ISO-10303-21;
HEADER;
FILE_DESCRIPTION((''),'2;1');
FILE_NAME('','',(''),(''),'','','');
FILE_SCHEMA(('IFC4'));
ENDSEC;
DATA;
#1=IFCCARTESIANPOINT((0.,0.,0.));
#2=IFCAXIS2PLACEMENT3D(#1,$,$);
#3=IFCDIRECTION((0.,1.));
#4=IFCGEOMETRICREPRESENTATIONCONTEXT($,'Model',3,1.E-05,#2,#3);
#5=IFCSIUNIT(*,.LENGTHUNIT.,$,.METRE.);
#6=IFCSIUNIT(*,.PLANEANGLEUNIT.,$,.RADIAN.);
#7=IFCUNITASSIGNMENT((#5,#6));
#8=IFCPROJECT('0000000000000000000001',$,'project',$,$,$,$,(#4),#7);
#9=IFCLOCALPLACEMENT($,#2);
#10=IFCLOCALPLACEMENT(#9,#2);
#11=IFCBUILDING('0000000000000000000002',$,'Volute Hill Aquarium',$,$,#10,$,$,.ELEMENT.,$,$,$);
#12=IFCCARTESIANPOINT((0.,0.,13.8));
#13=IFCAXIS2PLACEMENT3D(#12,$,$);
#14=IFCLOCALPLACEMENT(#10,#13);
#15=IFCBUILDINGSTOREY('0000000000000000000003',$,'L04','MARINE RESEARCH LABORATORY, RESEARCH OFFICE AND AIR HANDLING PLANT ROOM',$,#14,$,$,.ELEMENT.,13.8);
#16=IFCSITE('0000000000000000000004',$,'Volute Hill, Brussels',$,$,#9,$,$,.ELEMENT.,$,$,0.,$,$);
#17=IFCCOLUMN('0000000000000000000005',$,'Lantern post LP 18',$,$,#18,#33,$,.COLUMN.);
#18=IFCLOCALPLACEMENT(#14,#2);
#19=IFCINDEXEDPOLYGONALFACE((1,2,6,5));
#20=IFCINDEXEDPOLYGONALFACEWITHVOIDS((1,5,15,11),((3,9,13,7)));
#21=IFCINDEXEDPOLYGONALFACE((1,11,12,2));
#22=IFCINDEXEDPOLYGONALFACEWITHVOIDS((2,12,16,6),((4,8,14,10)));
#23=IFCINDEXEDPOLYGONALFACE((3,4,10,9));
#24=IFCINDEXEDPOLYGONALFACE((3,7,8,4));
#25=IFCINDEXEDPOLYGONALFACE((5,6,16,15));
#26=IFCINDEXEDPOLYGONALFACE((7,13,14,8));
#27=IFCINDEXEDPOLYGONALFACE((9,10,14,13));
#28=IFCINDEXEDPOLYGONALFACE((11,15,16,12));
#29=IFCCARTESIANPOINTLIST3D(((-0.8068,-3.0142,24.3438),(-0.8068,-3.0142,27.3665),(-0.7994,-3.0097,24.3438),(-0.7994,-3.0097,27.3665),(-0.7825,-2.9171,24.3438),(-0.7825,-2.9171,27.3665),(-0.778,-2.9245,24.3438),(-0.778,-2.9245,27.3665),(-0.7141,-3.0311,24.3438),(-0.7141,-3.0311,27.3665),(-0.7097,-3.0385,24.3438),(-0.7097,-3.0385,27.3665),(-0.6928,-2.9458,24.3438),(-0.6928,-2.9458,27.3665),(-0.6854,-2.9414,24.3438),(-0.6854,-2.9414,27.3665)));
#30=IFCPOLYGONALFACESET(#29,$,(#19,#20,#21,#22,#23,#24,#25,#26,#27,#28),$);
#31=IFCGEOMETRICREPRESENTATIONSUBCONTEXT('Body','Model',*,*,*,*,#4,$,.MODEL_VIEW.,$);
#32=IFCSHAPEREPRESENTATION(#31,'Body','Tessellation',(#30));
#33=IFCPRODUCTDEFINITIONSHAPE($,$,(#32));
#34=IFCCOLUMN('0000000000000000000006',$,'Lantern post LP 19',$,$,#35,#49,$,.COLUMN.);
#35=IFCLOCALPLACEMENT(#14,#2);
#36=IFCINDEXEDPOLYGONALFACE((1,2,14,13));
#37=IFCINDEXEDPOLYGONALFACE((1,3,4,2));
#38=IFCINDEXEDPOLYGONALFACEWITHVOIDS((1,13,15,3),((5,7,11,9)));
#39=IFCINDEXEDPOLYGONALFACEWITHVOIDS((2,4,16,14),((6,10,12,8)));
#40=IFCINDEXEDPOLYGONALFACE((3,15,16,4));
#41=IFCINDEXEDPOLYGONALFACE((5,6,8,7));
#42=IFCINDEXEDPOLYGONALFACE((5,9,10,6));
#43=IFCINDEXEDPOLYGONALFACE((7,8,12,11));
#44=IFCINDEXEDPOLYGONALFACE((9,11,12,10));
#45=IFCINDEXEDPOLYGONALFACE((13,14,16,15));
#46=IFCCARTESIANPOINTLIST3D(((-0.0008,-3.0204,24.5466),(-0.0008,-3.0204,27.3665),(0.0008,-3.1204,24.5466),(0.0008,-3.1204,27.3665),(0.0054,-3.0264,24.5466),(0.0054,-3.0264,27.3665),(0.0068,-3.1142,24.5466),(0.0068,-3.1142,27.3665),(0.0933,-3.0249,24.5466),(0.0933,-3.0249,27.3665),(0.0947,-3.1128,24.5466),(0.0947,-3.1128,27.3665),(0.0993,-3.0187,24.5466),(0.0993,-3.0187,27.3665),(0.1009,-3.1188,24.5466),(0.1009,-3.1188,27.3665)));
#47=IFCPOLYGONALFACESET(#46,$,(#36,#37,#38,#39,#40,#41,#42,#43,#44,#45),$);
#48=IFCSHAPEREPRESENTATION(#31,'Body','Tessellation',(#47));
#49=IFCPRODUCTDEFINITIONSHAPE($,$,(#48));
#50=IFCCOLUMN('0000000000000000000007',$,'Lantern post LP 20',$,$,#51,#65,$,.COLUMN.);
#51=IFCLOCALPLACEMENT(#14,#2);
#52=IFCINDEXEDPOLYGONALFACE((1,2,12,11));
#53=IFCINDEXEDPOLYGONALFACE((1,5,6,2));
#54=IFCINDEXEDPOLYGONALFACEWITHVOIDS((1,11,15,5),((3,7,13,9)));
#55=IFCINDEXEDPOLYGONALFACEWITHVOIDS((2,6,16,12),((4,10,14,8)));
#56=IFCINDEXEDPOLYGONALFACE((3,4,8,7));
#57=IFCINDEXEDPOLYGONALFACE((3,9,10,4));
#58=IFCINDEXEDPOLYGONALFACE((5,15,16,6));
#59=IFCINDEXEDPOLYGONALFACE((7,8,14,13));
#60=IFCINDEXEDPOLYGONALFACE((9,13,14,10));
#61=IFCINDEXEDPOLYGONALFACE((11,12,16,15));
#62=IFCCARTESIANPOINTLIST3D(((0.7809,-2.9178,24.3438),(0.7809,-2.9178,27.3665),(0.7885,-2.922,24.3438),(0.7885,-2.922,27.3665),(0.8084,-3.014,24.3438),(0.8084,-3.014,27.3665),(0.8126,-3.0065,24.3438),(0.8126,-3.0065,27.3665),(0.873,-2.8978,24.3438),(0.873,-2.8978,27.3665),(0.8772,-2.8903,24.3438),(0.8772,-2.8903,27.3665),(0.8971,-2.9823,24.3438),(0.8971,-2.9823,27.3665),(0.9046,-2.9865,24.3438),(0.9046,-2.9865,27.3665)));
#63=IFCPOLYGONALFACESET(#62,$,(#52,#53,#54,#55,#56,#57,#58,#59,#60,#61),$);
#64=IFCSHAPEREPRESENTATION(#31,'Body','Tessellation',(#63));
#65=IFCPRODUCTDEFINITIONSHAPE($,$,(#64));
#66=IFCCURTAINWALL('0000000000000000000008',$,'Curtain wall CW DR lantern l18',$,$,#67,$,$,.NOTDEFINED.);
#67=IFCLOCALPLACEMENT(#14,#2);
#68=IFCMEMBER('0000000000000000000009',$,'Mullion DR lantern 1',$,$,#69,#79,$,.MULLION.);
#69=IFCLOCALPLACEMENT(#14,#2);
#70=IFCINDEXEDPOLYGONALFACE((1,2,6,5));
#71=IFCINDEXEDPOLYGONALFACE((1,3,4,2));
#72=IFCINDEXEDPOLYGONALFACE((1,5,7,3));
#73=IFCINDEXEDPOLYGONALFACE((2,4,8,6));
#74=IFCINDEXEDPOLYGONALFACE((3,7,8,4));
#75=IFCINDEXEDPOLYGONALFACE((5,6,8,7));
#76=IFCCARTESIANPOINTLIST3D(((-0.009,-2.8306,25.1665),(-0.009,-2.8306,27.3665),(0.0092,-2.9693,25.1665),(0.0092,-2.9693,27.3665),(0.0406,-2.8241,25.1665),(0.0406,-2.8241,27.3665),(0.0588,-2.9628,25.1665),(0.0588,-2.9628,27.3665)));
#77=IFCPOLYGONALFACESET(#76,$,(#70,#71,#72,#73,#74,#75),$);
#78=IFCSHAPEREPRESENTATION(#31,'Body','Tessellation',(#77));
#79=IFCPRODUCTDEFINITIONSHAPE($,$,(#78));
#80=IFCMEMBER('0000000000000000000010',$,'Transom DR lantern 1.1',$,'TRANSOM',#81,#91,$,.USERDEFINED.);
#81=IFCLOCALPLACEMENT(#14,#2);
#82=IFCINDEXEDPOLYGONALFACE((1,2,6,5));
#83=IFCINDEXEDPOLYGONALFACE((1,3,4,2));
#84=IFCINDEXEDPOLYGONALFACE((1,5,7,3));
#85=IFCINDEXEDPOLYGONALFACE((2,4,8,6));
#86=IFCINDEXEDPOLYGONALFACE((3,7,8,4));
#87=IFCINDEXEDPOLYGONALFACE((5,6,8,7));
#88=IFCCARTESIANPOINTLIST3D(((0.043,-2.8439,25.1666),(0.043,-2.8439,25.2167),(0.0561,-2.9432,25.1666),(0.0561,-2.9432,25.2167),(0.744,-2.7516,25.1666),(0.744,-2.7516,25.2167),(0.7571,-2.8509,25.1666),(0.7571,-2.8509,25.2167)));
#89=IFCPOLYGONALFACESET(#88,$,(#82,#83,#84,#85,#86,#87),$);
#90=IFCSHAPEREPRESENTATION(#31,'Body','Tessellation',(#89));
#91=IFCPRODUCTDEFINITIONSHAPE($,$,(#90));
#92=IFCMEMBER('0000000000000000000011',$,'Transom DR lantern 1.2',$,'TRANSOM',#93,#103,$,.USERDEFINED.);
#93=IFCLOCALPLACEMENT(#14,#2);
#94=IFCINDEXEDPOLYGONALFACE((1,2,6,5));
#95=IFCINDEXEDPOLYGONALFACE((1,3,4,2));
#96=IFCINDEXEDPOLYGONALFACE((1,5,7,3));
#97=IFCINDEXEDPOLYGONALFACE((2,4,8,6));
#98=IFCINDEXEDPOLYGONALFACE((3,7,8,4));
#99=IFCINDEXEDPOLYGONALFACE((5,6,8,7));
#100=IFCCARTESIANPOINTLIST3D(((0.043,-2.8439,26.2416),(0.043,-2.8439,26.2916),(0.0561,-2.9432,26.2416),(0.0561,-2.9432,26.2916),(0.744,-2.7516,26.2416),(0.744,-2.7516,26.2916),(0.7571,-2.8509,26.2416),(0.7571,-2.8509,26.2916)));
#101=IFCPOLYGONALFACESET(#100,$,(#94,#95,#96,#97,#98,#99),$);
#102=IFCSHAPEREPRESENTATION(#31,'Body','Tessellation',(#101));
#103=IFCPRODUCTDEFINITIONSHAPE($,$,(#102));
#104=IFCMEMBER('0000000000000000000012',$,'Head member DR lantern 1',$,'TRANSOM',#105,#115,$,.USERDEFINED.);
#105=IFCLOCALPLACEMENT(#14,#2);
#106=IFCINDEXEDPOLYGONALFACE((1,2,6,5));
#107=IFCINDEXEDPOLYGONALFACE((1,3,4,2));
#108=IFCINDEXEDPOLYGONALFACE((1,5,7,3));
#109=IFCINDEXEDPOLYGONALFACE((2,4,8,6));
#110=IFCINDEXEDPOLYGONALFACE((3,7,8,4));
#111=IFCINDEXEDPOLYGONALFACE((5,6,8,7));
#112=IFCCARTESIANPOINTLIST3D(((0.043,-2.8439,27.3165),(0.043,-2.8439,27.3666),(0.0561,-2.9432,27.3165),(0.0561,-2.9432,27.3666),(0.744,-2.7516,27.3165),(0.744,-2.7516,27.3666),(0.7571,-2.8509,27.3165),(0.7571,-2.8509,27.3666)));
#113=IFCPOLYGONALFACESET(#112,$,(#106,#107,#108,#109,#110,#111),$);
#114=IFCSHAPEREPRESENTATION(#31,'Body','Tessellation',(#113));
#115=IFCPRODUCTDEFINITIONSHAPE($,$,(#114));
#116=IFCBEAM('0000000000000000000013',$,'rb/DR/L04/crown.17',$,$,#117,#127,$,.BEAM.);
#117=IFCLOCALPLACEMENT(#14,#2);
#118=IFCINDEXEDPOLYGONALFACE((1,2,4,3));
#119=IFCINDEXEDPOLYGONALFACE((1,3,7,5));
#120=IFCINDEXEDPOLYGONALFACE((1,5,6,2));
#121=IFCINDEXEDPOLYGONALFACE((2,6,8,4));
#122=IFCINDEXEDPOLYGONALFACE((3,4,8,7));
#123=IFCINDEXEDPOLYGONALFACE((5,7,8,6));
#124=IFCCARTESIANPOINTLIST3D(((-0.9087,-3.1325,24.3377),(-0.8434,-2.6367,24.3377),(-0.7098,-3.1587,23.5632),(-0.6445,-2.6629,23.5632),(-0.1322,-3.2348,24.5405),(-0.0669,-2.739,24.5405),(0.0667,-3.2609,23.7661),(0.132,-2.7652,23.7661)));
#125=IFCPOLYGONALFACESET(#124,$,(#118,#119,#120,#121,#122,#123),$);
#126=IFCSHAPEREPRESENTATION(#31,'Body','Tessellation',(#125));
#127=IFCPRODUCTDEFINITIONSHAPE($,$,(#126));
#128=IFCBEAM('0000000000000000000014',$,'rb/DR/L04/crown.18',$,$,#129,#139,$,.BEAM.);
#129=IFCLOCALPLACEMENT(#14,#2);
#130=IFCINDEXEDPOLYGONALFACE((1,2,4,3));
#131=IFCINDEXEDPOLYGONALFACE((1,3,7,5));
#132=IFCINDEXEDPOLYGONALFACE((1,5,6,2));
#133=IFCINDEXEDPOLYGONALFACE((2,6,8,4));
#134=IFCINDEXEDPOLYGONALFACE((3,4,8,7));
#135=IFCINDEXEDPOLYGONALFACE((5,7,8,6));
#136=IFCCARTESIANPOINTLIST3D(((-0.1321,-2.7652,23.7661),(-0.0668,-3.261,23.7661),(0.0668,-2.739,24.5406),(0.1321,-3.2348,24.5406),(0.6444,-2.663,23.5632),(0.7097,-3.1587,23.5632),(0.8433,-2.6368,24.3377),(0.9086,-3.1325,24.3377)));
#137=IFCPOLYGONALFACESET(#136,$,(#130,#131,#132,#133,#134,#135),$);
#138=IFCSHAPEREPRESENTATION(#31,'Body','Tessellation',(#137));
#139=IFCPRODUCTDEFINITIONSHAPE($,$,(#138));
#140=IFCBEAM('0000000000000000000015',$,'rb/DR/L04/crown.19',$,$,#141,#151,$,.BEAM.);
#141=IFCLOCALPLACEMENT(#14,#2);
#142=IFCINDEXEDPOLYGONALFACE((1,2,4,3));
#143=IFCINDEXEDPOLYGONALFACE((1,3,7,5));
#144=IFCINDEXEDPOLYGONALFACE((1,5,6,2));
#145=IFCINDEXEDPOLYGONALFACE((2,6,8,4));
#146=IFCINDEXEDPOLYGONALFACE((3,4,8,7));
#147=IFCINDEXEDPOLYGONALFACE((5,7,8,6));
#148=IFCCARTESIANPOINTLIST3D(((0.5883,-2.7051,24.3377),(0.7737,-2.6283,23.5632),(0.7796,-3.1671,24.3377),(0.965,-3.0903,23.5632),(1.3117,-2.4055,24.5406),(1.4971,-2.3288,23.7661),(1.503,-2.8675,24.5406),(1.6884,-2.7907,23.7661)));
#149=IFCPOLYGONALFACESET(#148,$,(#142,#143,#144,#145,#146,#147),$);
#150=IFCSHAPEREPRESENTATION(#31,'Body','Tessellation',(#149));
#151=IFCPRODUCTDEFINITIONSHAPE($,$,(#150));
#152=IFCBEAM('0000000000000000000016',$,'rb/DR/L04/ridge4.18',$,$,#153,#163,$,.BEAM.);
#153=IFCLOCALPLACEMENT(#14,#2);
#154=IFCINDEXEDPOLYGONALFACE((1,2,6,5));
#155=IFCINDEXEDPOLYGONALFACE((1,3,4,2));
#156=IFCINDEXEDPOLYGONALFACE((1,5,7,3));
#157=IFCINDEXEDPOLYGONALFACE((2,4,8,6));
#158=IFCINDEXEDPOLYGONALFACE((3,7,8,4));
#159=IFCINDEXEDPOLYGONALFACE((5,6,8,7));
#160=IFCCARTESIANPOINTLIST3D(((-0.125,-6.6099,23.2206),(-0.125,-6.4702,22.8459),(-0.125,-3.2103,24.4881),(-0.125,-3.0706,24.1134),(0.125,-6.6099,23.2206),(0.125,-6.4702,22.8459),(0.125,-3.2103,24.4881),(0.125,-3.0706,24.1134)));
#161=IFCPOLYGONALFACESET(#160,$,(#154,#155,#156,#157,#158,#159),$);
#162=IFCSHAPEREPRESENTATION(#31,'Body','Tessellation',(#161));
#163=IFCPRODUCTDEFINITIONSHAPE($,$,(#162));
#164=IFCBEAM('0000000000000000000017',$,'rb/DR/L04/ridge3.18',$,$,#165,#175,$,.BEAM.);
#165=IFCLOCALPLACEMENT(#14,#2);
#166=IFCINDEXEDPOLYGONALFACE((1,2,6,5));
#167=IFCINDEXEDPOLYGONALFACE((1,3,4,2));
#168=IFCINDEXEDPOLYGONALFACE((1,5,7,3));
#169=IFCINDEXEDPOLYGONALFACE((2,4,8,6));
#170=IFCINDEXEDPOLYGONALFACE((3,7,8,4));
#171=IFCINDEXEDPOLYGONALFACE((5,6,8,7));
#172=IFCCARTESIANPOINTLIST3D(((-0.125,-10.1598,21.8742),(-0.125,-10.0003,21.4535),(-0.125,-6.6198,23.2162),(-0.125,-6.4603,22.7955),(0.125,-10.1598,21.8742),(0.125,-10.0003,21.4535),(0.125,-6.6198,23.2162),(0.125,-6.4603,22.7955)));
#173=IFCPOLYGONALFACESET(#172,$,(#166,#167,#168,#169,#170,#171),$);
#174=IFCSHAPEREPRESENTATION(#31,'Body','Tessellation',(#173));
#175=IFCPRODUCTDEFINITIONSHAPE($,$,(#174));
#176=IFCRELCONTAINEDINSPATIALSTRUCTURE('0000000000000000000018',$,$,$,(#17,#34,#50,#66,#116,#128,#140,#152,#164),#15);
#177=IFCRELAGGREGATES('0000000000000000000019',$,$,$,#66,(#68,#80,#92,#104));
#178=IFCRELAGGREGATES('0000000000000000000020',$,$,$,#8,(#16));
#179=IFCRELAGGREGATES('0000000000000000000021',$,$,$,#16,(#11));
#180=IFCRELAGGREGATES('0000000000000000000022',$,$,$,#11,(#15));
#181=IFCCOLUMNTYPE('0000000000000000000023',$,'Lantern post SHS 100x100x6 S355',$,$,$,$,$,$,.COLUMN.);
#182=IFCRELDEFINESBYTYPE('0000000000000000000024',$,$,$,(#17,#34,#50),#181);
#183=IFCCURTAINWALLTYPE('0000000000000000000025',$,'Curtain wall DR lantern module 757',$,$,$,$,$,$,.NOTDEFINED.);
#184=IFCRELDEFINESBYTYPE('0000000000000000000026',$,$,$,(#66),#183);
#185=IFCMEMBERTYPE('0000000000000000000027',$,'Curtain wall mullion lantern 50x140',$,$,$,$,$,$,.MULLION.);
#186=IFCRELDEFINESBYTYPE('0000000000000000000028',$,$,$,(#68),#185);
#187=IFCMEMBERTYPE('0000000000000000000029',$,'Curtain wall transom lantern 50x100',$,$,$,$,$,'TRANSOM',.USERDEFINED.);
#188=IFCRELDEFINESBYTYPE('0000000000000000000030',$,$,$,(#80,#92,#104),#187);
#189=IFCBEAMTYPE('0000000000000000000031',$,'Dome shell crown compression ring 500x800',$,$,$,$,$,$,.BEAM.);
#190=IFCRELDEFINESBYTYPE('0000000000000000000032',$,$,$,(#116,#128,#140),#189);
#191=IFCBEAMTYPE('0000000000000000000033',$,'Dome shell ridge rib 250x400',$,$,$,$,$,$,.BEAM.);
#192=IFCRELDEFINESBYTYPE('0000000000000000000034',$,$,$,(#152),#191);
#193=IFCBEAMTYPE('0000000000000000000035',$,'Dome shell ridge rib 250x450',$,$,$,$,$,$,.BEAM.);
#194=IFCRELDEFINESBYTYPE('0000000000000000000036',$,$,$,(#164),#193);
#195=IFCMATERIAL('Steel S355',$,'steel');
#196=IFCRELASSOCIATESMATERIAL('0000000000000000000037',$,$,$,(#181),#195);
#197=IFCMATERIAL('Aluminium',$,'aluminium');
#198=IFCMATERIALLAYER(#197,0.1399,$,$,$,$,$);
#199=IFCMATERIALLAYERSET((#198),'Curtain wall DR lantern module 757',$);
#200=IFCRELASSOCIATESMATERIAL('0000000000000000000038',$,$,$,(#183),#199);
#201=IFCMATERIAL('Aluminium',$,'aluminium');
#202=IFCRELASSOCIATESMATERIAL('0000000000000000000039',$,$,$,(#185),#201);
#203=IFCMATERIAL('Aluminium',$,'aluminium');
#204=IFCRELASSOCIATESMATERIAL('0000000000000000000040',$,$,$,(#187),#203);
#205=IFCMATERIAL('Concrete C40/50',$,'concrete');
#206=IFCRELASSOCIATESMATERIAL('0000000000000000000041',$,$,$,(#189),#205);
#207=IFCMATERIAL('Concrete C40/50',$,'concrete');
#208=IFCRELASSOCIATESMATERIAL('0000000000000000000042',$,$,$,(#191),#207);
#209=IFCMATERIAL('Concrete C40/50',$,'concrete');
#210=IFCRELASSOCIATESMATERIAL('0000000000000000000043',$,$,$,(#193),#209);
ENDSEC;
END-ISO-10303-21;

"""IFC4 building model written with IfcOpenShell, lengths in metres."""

from ifc_helpers import new_model, si_unit, direction, frame, origin, origin_2d, place, context, subcontext, project, spatial, rectangle, hollow_rectangle, extrude, material, layer, layer_set, material_profile, profile_set, type_object, element, aggregate, save


model = new_model("IFC4")

# Units and contexts
model_context = context("Model", 3, precision=1e-05, world=origin(), true_north=direction((0.0, 1.0)))
body_context = subcontext(model_context, "Body", "Model", "MODEL_VIEW")
ifc_project = project(units=[si_unit("LENGTHUNIT", "METRE"), si_unit("PLANEANGLEUNIT", "RADIAN")], contexts=[model_context])

# Site, building, storey
site_placement = place(None, origin())
site = spatial("IfcSite", under=ifc_project, at=site_placement, Name="Volute Hill, Brussels", CompositionType="ELEMENT", RefElevation=0.0)
building_placement = place(site_placement, origin())
building = spatial("IfcBuilding", under=site, at=building_placement, Name="Volute Hill Aquarium", CompositionType="ELEMENT")
storey_placement = place(building_placement, frame((0.0, 0.0, 13.8)))
storey = spatial("IfcBuildingStorey", under=building, at=storey_placement, Name="L04", Description="MARINE RESEARCH LABORATORY, RESEARCH OFFICE AND AIR HANDLING PLANT ROOM", CompositionType="ELEMENT", Elevation=13.8)

# Columns
ifc_material_1 = material(Name="Steel S355", Category="steel")
ifc_material_profile_1 = material_profile(ifc_material_1, hollow_rectangle(XDim=0.1001, YDim=0.1001, WallThickness=0.0061, at=origin_2d()), Name="SHS 100x100x6")
ifc_profile_set_1 = profile_set([ifc_material_profile_1], Name="Steel S355")
column_type = type_object("IfcColumnType", Name="Lantern post SHS 100x100x6 S355", PredefinedType="COLUMN", material=ifc_profile_set_1)
column_1_placement = place(storey_placement, frame((-0.7461, -2.9778, 24.3438), z_axis=(0.0, 0.0, 1.0), x_axis=(-0.243054, -0.970013, 0.0)))
element("IfcColumn", 1, at=column_1_placement, inside=storey, type_object=column_type, Name="Lantern post LP 18", PredefinedType="COLUMN", context=body_context, shape_type="SweptSolid", body=[
    extrude(hollow_rectangle(XDim=0.1001, YDim=0.1001, WallThickness=0.0061, at=origin_2d()), origin(), (0.0, 0.0, 1.0), 3.0227),
])
column_2_placement = place(storey_placement, frame((0.05, -3.0696, 24.5466), z_axis=(0.0, 0.0, 1.0), x_axis=(0.016286, -0.999867, 0.0)))
element("IfcColumn", 2, at=column_2_placement, inside=storey, type_object=column_type, Name="Lantern post LP 19", PredefinedType="COLUMN", context=body_context, shape_type="SweptSolid", body=[
    extrude(hollow_rectangle(XDim=0.1001, YDim=0.1001, WallThickness=0.0061, at=origin_2d()), origin(), (0.0, 0.0, 1.0), 2.8198),
])
column_3_placement = place(storey_placement, frame((0.8428, -2.9521, 24.3438), z_axis=(0.0, 0.0, 1.0), x_axis=(0.274516, -0.961583, 0.0)))
element("IfcColumn", 3, at=column_3_placement, inside=storey, type_object=column_type, Name="Lantern post LP 20", PredefinedType="COLUMN", context=body_context, shape_type="SweptSolid", body=[
    extrude(hollow_rectangle(XDim=0.1001, YDim=0.1001, WallThickness=0.0061, at=origin_2d()), origin(), (0.0, 0.0, 1.0), 3.0227),
])

# Curtain wall, members
ifc_material_2 = material(Name="Aluminium", Category="aluminium")
ifc_layer_1 = layer(ifc_material_2, 0.1399)
ifc_layer_set_1 = layer_set([ifc_layer_1], Name="Curtain wall DR lantern module 757")
curtain_wall_type = type_object("IfcCurtainWallType", Name="Curtain wall DR lantern module 757", PredefinedType="NOTDEFINED", material=ifc_layer_set_1)
curtain_wall_1_placement = place(storey_placement, origin())
curtain_wall_1 = element("IfcCurtainWall", 4, at=curtain_wall_1_placement, inside=storey, type_object=curtain_wall_type, Name="Curtain wall CW DR lantern l18", PredefinedType="NOTDEFINED")
ifc_material_3 = material(Name="Aluminium", Category="aluminium")
ifc_material_profile_2 = material_profile(ifc_material_3, rectangle(XDim=0.1399, YDim=0.05, at=origin_2d()), Name="Curtain wall mullion lantern 50x140")
ifc_profile_set_2 = profile_set([ifc_material_profile_2], Name="Aluminium")
member_type_1 = type_object("IfcMemberType", Name="Curtain wall mullion lantern 50x140", PredefinedType="MULLION", material=ifc_profile_set_2)
member_1_placement = place(storey_placement, frame((0.0249, -2.8967, 25.1665), z_axis=(0.0, 0.0, 1.0), x_axis=(-0.130502, 0.991448, 0.0)))
member_1 = element("IfcMember", 5, at=member_1_placement, type_object=member_type_1, Name="Mullion DR lantern 1", PredefinedType="MULLION", context=body_context, shape_type="SweptSolid", body=[
    extrude(rectangle(XDim=0.1399, YDim=0.05, at=origin_2d()), origin(), (0.0, 0.0, 1.0), 2.2),
])
ifc_material_4 = material(Name="Aluminium", Category="aluminium")
ifc_material_profile_3 = material_profile(ifc_material_4, rectangle(XDim=0.1001, YDim=0.05, at=origin_2d()), Name="Curtain wall transom lantern 50x100")
ifc_profile_set_3 = profile_set([ifc_material_profile_3], Name="Aluminium")
member_type_2 = type_object("IfcMemberType", Name="Curtain wall transom lantern 50x100", ElementType="TRANSOM", PredefinedType="USERDEFINED", material=ifc_profile_set_3)
member_2_placement = place(storey_placement, frame((0.0496, -2.8936, 25.1917), z_axis=(0.991444, 0.130535, 0.0), x_axis=(-0.130535, 0.991444, 0.0)))
member_2 = element("IfcMember", 6, at=member_2_placement, type_object=member_type_2, Name="Transom DR lantern 1.1", ObjectType="TRANSOM", PredefinedType="USERDEFINED", context=body_context, shape_type="SweptSolid", body=[
    extrude(rectangle(XDim=0.1001, YDim=0.05, at=origin_2d()), origin(), (0.0, 0.0, 1.0), 0.707),
])
member_3_placement = place(storey_placement, frame((0.0496, -2.8936, 26.2666), z_axis=(0.991444, 0.130535, 0.0), x_axis=(-0.130535, 0.991444, 0.0)))
member_3 = element("IfcMember", 7, at=member_3_placement, type_object=member_type_2, Name="Transom DR lantern 1.2", ObjectType="TRANSOM", PredefinedType="USERDEFINED", context=body_context, shape_type="SweptSolid", body=[
    extrude(rectangle(XDim=0.1001, YDim=0.05, at=origin_2d()), origin(), (0.0, 0.0, 1.0), 0.707),
])
member_4_placement = place(storey_placement, frame((0.0496, -2.8936, 27.3416), z_axis=(0.991444, 0.130535, 0.0), x_axis=(-0.130535, 0.991444, 0.0)))
member_4 = element("IfcMember", 8, at=member_4_placement, type_object=member_type_2, Name="Head member DR lantern 1", ObjectType="TRANSOM", PredefinedType="USERDEFINED", context=body_context, shape_type="SweptSolid", body=[
    extrude(rectangle(XDim=0.1001, YDim=0.05, at=origin_2d()), origin(), (0.0, 0.0, 1.0), 0.707),
])

# Beams
ifc_material_5 = material(Name="Concrete C40/50", Category="concrete")
ifc_material_profile_4 = material_profile(ifc_material_5, rectangle(XDim=0.5, YDim=0.8, at=origin_2d()), Name="RC beam 500x800")
ifc_profile_set_4 = profile_set([ifc_material_profile_4], Name="Concrete C40/50")
beam_type_1 = type_object("IfcBeamType", Name="Dome shell crown compression ring 500x800", PredefinedType="BEAM", material=ifc_profile_set_4)
for number, where, z_axis, x_axis, name in (
    (9, (-0.7766, -2.8977, 23.9504), (0.959767, -0.12642, 0.250728), (0.130592, 0.991436, 0.0), "rb/DR/L04/crown.17"),
    (10, (0.0, -3.0, 24.1533), (0.959767, 0.12642, -0.250728), (-0.130592, 0.991436, 0.0), "rb/DR/L04/crown.18"),
):
    element("IfcBeam", number, at=place(storey_placement, frame(where, z_axis=z_axis, x_axis=x_axis)), inside=storey, type_object=beam_type_1, Name=name, PredefinedType="BEAM", context=body_context, shape_type="SweptSolid", body=[
        extrude(rectangle(XDim=0.5, YDim=0.8, at=origin_2d()), origin(), (0.0, 0.0, 1.0), 0.8091),
    ])
beam_1_placement = place(storey_placement, frame((0.7766, -2.8977, 23.9504), z_axis=(0.894376, 0.370368, 0.250836), x_axis=(-0.3826, 0.923914, 0.0)))
element("IfcBeam", 11, at=beam_1_placement, inside=storey, type_object=beam_type_1, Name="rb/DR/L04/crown.19", PredefinedType="BEAM", context=body_context, shape_type="SweptSolid", body=[
    extrude(rectangle(XDim=0.5, YDim=0.8, at=origin_2d()), origin(), (0.0, 0.0, 1.0), 0.8088),
])
ifc_material_6 = material(Name="Concrete C40/50", Category="concrete")
ifc_material_profile_5 = material_profile(ifc_material_6, rectangle(XDim=0.25, YDim=0.3999, at=origin_2d()), Name="RC rib 250x400")
ifc_profile_set_5 = profile_set([ifc_material_profile_5], Name="Concrete C40/50")
beam_type_2 = type_object("IfcBeamType", Name="Dome shell ridge rib 250x400", PredefinedType="BEAM", material=ifc_profile_set_5)
beam_2_placement = place(storey_placement, frame((0.0, -6.54, 23.0332), z_axis=(0.0, 0.936988, 0.34936), x_axis=(-1.0, 0.0, 0.0)))
element("IfcBeam", 12, at=beam_2_placement, inside=storey, type_object=beam_type_2, Name="rb/DR/L04/ridge4.18", PredefinedType="BEAM", context=body_context, shape_type="SweptSolid", body=[
    extrude(rectangle(XDim=0.25, YDim=0.3999, at=origin_2d()), origin(), (0.0, 0.0, 1.0), 3.6282),
])
ifc_material_7 = material(Name="Concrete C40/50", Category="concrete")
ifc_material_profile_6 = material_profile(ifc_material_7, rectangle(XDim=0.25, YDim=0.45, at=origin_2d()), Name="RC rib 250x450")
ifc_profile_set_6 = profile_set([ifc_material_profile_6], Name="Concrete C40/50")
beam_type_3 = type_object("IfcBeamType", Name="Dome shell ridge rib 250x450", PredefinedType="BEAM", material=ifc_profile_set_6)
beam_3_placement = place(storey_placement, frame((0.0, -10.0801, 21.6638), z_axis=(0.0, 0.935062, 0.354485), x_axis=(-1.0, 0.0, 0.0)))
element("IfcBeam", 13, at=beam_3_placement, inside=storey, type_object=beam_type_3, Name="rb/DR/L04/ridge3.18", PredefinedType="BEAM", context=body_context, shape_type="SweptSolid", body=[
    extrude(rectangle(XDim=0.25, YDim=0.45, at=origin_2d()), origin(), (0.0, 0.0, 1.0), 3.7859),
])

aggregate(curtain_wall_1, [member_1, member_2, member_3, member_4])

save(model, "model.ifc")
